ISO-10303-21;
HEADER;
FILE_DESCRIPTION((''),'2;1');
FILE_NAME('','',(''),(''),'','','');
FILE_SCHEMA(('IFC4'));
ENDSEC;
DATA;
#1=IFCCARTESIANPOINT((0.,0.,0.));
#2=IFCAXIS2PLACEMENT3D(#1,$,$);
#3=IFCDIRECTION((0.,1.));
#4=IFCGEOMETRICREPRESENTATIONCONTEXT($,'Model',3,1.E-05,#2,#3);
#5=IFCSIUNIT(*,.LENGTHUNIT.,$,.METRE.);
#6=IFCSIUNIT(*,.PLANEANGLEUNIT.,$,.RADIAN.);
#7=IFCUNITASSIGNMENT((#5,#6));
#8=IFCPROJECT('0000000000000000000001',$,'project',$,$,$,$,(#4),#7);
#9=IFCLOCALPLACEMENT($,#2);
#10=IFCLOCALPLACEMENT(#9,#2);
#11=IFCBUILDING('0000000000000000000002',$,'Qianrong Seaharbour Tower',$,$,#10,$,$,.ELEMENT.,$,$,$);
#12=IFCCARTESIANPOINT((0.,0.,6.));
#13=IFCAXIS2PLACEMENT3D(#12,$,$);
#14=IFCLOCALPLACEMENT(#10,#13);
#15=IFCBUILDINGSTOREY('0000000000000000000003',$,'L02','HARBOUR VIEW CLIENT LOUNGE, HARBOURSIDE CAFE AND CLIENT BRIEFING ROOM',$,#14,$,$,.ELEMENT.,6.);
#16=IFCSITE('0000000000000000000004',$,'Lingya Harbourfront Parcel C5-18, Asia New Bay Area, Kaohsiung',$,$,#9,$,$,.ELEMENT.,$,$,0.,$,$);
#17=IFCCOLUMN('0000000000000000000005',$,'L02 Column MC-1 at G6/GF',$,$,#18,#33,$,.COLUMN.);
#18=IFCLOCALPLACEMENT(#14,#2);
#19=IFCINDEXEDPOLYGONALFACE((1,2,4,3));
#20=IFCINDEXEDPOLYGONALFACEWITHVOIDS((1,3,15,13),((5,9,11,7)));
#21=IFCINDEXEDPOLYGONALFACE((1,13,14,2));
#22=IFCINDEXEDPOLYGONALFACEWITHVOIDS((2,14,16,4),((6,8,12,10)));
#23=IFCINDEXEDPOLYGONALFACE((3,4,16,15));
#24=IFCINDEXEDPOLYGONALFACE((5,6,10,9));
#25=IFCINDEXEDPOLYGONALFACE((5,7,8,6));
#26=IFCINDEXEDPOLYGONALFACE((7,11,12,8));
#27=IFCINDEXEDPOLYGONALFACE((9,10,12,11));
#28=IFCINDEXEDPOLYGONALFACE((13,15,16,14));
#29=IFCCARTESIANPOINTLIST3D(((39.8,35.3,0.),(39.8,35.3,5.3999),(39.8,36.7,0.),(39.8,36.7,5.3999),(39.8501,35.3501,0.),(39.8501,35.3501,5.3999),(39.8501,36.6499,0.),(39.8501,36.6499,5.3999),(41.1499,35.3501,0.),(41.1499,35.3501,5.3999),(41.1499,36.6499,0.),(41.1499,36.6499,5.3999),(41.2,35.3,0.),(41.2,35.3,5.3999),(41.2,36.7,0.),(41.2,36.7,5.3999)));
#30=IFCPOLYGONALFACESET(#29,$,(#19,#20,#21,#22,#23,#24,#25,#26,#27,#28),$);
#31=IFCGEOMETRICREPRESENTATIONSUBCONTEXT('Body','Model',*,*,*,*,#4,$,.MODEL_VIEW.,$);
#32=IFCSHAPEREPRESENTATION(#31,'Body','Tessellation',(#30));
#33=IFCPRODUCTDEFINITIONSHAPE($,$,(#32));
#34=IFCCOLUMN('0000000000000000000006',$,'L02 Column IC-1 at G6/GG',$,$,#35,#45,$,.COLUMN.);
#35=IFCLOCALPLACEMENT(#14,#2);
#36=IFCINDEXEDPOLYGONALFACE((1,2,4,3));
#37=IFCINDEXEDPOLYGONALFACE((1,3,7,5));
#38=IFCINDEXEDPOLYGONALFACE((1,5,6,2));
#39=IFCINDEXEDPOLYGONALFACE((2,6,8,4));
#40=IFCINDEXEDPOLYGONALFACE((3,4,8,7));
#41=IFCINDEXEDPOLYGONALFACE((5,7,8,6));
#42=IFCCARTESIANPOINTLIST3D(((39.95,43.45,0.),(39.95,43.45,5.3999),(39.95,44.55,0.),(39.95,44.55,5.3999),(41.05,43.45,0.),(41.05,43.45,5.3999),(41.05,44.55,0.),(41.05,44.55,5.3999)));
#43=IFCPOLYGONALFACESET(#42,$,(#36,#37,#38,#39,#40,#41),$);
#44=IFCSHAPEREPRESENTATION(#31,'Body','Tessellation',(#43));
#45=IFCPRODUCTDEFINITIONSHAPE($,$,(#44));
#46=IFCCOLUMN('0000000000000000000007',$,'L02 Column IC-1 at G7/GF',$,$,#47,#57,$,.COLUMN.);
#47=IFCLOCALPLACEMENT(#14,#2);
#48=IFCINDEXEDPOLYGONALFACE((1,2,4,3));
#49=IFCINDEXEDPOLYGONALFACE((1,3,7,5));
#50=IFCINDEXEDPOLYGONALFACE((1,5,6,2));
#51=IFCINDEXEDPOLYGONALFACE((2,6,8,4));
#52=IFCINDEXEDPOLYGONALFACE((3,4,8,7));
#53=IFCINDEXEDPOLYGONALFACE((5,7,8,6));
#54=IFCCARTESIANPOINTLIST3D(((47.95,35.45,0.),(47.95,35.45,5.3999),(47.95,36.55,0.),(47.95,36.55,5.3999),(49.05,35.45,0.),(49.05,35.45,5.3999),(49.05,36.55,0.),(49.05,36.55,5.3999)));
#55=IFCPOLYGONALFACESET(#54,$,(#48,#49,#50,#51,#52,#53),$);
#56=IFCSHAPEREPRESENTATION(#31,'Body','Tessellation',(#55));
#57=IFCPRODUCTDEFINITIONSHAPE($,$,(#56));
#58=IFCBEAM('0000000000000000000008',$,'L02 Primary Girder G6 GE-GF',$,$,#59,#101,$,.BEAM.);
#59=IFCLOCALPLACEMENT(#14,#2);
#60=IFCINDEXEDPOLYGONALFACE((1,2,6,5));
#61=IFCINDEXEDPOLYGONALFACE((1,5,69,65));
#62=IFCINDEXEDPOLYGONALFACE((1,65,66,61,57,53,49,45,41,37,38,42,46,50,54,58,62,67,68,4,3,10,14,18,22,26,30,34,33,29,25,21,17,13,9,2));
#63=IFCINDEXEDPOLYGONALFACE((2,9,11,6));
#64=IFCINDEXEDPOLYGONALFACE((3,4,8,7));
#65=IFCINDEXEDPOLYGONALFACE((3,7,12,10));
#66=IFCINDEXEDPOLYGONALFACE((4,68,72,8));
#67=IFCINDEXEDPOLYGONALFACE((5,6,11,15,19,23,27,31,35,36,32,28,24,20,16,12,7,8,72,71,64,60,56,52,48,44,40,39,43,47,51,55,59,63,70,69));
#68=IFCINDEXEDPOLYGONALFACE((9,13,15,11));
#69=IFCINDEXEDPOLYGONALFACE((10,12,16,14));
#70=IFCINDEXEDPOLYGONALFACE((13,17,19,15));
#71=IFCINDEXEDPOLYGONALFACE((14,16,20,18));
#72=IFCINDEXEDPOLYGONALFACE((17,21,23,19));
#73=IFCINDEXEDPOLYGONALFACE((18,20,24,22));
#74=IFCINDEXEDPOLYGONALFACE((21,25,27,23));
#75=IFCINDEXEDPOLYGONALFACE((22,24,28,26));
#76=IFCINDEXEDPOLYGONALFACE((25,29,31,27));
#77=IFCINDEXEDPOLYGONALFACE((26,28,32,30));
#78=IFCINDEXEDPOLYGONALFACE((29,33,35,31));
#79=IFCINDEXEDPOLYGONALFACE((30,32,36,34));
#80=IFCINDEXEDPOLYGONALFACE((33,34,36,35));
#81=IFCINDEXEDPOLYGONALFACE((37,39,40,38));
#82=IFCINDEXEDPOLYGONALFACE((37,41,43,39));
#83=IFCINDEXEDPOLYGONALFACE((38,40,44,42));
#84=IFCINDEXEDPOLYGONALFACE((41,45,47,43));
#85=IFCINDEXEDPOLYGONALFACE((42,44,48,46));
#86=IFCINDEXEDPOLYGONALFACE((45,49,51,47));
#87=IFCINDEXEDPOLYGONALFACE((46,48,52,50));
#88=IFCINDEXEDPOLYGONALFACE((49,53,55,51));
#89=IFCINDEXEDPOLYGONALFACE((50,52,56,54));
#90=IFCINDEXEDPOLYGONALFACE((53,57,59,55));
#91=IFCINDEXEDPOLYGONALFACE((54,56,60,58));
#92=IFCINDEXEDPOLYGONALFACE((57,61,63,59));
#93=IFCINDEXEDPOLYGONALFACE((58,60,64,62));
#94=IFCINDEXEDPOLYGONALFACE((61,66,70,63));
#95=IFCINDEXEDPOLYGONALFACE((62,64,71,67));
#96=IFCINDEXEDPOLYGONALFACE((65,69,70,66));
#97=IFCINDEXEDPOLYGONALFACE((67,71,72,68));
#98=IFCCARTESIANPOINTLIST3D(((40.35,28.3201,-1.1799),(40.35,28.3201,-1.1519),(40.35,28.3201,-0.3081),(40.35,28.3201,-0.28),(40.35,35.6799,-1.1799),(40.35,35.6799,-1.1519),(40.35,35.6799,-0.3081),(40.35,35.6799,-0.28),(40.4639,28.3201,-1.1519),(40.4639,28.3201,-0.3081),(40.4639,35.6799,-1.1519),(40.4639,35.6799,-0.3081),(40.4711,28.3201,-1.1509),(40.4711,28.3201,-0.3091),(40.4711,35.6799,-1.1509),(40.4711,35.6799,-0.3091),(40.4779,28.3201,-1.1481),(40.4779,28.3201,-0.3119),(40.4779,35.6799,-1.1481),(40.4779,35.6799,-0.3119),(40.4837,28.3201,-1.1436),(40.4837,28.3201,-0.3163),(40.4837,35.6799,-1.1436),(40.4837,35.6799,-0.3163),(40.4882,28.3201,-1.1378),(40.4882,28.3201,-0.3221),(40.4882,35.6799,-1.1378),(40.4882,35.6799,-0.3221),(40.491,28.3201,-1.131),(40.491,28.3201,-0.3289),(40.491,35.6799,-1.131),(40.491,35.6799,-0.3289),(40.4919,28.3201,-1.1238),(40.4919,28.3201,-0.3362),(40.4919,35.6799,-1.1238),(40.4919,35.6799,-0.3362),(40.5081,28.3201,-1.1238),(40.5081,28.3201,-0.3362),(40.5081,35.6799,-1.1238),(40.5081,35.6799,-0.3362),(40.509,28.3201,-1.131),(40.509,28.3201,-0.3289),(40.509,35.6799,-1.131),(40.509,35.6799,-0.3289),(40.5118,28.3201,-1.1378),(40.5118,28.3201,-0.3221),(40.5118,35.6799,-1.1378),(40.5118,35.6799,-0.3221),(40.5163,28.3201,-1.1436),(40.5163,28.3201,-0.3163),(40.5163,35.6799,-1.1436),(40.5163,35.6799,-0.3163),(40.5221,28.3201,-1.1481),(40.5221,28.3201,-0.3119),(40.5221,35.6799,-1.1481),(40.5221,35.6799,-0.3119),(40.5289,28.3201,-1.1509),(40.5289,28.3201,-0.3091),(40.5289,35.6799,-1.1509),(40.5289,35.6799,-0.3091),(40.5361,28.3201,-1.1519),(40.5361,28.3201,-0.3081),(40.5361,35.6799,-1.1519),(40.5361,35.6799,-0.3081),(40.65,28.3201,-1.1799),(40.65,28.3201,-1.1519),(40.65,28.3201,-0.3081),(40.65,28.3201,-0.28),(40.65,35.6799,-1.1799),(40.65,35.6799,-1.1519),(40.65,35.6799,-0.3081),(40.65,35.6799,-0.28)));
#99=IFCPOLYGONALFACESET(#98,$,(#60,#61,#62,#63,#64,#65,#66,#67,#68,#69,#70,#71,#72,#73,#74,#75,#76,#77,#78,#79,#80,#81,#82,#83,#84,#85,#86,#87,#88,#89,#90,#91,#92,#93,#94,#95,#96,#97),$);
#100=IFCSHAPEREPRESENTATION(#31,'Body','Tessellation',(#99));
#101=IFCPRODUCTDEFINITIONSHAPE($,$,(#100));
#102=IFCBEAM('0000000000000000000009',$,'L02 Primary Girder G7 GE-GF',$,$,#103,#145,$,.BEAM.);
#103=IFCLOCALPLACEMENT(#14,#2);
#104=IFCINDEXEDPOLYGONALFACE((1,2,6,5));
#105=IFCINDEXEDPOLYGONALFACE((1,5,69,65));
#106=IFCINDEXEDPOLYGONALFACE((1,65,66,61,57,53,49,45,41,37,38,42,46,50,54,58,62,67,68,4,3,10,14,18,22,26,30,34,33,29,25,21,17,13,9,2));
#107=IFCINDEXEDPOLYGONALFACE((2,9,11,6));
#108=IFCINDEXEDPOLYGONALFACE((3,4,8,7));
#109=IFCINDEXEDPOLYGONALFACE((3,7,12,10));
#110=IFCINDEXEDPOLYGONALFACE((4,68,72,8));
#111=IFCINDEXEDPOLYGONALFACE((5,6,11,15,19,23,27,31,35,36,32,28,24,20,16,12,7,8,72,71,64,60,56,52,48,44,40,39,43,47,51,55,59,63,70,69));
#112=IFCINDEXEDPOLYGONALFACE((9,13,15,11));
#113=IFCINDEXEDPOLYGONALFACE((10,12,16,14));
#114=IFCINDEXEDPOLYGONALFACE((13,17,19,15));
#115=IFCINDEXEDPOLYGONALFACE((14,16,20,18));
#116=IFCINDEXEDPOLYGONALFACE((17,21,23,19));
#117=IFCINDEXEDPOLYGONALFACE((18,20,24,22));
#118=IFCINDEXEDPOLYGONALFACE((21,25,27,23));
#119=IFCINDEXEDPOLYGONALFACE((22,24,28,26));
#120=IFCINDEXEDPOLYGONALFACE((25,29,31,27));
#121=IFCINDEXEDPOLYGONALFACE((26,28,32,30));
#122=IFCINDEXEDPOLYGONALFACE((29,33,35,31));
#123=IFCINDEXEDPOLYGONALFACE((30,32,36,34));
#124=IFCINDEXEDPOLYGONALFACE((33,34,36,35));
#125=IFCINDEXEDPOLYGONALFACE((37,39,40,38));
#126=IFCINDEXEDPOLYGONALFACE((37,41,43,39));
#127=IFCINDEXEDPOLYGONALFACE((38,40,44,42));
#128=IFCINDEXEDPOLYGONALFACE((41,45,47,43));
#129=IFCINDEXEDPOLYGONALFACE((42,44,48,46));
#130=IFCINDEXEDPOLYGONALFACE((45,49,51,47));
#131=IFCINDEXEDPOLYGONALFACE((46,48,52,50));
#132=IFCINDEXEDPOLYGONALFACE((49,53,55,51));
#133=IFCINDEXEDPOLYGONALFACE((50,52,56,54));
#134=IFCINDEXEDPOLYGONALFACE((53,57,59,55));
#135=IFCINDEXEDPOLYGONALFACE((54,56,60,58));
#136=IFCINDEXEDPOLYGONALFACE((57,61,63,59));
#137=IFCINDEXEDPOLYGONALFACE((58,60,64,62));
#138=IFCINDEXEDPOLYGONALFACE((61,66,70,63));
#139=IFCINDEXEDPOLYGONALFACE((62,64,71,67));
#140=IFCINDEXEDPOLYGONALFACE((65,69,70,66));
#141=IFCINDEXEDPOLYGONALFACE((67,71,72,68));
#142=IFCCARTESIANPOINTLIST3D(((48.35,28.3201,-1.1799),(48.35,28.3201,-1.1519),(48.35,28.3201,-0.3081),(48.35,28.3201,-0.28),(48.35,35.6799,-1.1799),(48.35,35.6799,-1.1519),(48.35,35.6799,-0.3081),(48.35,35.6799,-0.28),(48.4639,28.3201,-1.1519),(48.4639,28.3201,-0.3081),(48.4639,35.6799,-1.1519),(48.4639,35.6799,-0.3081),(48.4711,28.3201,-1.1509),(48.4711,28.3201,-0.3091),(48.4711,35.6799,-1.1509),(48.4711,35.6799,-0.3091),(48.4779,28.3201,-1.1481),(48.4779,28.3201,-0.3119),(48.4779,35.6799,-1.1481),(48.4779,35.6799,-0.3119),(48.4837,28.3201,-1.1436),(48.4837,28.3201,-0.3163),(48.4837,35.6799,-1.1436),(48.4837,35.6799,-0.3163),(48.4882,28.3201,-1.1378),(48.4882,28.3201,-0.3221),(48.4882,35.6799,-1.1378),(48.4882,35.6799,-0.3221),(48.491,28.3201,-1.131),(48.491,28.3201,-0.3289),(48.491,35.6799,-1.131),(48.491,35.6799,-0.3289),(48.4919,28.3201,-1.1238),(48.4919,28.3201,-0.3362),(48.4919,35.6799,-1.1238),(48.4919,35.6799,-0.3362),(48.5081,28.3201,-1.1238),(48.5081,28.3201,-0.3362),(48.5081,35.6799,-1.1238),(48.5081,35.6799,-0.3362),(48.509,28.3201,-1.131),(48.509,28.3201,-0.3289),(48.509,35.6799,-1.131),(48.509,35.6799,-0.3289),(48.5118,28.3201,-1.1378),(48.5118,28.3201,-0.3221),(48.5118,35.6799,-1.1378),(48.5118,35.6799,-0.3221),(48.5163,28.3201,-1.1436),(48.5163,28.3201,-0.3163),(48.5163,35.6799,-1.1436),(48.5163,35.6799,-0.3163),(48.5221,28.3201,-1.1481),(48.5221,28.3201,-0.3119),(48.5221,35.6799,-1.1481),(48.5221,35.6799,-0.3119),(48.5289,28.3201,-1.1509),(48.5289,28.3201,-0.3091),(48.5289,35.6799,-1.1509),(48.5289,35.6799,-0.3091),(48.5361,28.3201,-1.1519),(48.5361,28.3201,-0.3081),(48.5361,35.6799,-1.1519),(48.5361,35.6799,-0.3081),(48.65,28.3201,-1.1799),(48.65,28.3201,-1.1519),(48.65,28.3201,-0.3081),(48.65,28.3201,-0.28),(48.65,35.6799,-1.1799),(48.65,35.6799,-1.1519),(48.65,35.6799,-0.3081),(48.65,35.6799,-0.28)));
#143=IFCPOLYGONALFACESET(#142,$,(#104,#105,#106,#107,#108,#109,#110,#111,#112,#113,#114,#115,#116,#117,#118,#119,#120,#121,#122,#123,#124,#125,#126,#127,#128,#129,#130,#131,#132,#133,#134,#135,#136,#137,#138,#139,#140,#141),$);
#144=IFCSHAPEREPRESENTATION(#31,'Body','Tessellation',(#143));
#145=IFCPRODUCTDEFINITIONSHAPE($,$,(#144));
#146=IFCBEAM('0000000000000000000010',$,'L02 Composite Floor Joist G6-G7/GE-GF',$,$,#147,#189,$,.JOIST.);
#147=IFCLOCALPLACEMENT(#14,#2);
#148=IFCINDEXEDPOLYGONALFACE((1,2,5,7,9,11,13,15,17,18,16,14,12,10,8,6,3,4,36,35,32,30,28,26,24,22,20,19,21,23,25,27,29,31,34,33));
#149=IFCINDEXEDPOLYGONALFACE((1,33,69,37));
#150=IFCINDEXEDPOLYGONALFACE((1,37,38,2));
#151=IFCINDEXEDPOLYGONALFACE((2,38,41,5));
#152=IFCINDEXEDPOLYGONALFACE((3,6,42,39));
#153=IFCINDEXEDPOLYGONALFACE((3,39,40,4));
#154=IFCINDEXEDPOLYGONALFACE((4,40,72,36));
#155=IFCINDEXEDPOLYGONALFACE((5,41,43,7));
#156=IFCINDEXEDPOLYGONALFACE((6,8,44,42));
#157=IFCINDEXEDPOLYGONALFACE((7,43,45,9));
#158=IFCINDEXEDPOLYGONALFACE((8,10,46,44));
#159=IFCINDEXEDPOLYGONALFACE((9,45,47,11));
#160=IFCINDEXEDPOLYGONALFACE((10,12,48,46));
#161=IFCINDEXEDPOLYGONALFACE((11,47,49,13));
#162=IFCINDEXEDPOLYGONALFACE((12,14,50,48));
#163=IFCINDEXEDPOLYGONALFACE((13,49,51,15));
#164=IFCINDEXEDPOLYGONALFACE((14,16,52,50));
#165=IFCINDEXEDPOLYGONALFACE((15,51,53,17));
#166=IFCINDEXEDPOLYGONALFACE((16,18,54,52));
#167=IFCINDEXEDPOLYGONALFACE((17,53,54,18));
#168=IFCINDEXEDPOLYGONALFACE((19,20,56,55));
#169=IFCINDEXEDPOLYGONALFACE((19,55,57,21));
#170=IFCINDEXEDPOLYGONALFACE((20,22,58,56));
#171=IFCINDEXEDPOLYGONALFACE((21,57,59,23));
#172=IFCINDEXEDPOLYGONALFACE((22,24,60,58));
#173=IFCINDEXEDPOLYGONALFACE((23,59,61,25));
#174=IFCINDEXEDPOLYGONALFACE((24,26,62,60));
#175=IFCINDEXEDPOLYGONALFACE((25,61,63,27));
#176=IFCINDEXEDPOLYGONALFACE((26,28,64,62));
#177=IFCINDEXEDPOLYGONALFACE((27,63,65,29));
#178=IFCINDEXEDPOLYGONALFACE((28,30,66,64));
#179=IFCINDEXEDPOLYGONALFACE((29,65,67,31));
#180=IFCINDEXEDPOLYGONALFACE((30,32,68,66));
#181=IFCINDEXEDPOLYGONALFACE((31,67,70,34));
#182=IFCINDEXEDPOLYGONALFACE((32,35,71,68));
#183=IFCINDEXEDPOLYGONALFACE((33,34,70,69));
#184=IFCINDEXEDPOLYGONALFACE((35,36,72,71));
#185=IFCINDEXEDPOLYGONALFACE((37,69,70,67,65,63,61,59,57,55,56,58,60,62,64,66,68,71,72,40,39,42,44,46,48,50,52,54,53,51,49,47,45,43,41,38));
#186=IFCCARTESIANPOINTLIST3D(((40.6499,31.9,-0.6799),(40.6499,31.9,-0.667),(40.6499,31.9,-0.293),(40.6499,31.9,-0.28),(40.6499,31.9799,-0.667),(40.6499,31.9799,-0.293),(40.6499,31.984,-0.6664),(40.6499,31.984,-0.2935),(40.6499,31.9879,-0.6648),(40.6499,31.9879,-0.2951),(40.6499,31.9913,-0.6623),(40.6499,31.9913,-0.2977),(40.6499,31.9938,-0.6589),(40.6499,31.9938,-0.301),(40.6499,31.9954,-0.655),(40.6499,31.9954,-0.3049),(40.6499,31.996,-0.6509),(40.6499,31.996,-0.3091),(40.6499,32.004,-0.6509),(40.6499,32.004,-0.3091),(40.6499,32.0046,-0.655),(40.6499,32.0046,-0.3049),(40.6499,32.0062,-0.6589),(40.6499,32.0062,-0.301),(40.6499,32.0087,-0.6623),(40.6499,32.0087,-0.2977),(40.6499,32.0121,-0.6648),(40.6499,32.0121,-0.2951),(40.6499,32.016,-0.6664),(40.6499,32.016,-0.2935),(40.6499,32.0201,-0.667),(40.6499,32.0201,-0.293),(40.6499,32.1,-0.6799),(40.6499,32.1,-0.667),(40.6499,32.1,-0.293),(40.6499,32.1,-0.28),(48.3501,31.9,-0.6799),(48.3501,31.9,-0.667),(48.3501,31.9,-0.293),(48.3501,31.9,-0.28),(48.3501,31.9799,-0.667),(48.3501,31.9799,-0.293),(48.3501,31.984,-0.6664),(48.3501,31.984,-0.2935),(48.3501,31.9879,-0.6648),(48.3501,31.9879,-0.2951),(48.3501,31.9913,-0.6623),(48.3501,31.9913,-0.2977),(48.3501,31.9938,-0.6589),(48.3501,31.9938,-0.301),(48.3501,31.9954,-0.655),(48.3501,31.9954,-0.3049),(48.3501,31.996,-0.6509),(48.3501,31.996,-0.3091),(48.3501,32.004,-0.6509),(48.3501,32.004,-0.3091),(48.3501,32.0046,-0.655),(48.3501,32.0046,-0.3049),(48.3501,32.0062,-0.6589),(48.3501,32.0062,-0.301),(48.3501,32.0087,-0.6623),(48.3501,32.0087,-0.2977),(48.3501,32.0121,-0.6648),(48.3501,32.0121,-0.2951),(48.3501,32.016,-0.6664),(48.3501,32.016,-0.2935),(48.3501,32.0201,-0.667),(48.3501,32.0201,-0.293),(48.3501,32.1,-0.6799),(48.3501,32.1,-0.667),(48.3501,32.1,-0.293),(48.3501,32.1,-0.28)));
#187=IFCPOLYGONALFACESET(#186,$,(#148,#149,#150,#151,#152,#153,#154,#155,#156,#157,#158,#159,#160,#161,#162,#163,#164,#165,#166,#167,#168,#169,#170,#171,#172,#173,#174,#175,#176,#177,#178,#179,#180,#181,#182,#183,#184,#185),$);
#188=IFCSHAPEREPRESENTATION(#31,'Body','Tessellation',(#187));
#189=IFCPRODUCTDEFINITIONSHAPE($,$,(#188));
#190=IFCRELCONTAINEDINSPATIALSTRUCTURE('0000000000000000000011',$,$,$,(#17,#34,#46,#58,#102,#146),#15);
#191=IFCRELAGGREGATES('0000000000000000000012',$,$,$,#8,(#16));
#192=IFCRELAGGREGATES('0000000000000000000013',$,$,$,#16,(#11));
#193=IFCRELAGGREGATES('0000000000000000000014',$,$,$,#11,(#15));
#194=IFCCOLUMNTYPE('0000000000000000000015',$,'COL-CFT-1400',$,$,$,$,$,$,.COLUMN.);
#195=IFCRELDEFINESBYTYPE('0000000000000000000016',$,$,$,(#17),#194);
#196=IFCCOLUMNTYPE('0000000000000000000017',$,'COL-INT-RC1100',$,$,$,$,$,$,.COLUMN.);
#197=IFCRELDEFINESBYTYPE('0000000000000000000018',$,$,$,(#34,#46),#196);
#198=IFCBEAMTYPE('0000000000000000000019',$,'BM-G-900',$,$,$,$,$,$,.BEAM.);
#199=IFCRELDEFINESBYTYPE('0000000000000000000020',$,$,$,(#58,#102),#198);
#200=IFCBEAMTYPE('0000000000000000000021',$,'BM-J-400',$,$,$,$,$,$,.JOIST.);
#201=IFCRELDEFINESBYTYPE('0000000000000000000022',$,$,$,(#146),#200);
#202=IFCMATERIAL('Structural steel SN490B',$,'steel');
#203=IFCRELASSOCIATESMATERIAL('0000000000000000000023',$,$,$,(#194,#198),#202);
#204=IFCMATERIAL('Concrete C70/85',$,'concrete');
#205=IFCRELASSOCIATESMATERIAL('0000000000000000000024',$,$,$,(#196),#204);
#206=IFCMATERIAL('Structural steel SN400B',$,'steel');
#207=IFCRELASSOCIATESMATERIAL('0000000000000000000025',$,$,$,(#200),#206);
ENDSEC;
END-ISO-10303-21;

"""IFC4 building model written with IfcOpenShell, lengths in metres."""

from ifc_helpers import new_model, si_unit, direction, frame, origin, origin_2d, place, context, subcontext, project, spatial, rectangle, hollow_rectangle, i_section, extrude, material, material_profile, profile_set, type_object, element, save


model = new_model("IFC4")

# Units and contexts
model_context = context("Model", 3, precision=1e-05, world=origin(), true_north=direction((0.0, 1.0)))
body_context = subcontext(model_context, "Body", "Model", "MODEL_VIEW")
ifc_project = project(units=[si_unit("LENGTHUNIT", "METRE"), si_unit("PLANEANGLEUNIT", "RADIAN")], contexts=[model_context])

# Site, building, storey
site_placement = place(None, origin())
site = spatial("IfcSite", under=ifc_project, at=site_placement, Name="Lingya Harbourfront Parcel C5-18, Asia New Bay Area, Kaohsiung", CompositionType="ELEMENT", RefElevation=0.0)
building_placement = place(site_placement, origin())
building = spatial("IfcBuilding", under=site, at=building_placement, Name="Qianrong Seaharbour Tower", CompositionType="ELEMENT")
storey_placement = place(building_placement, frame((0.0, 0.0, 6.0)))
storey = spatial("IfcBuildingStorey", under=building, at=storey_placement, Name="L02", Description="HARBOUR VIEW CLIENT LOUNGE, HARBOURSIDE CAFE AND CLIENT BRIEFING ROOM", CompositionType="ELEMENT", Elevation=6.0)

# Columns
ifc_material_1 = material(Name="Structural steel SN490B", Category="steel")
ifc_material_profile_1 = material_profile(ifc_material_1, hollow_rectangle(XDim=1.3999, YDim=1.3999, WallThickness=0.05, at=origin_2d()), Name="BOX1400x1400x50")
ifc_profile_set_1 = profile_set([ifc_material_profile_1], Name="Structural steel SN490B")
column_type_1 = type_object("IfcColumnType", Name="COL-CFT-1400", PredefinedType="COLUMN", material=ifc_profile_set_1)
column_placement = place(storey_placement, frame((40.5, 36.0, 0.0), z_axis=(0.0, 0.0, 1.0), x_axis=(1.0, 0.0, 0.0)))
element("IfcColumn", 1, at=column_placement, inside=storey, type_object=column_type_1, Name="L02 Column MC-1 at G6/GF", PredefinedType="COLUMN", context=body_context, shape_type="SweptSolid", body=[
    extrude(hollow_rectangle(XDim=1.3999, YDim=1.3999, WallThickness=0.05, at=origin_2d()), origin(), (0.0, 0.0, 1.0), 5.3999),
])
ifc_material_2 = material(Name="Concrete C70/85", Category="concrete")
ifc_material_profile_2 = material_profile(ifc_material_2, rectangle(XDim=1.1001, YDim=1.1001, at=origin_2d()), Name="RC1100x1100")
ifc_profile_set_2 = profile_set([ifc_material_profile_2], Name="Concrete C70/85")
column_type_2 = type_object("IfcColumnType", Name="COL-INT-RC1100", PredefinedType="COLUMN", material=ifc_profile_set_2)
for number, where, z_axis, x_axis, name in (
    (2, (40.5, 44.0, 0.0), (0.0, 0.0, 1.0), (1.0, 0.0, 0.0), "L02 Column IC-1 at G6/GG"),
    (3, (48.5, 36.0, 0.0), (0.0, 0.0, 1.0), (1.0, 0.0, 0.0), "L02 Column IC-1 at G7/GF"),
):
    element("IfcColumn", number, at=place(storey_placement, frame(where, z_axis=z_axis, x_axis=x_axis)), inside=storey, type_object=column_type_2, Name=name, PredefinedType="COLUMN", context=body_context, shape_type="SweptSolid", body=[
        extrude(rectangle(XDim=1.1001, YDim=1.1001, at=origin_2d()), origin(), (0.0, 0.0, 1.0), 5.3999),
    ])

# Beams
ifc_material_profile_3 = material_profile(ifc_material_1, i_section(OverallWidth=0.3, OverallDepth=0.8999, WebThickness=0.0161, FlangeThickness=0.0281, FilletRadius=0.0281, at=origin_2d()), Name="H900x300x16x28")
ifc_profile_set_3 = profile_set([ifc_material_profile_3], Name="Structural steel SN490B")
beam_type_1 = type_object("IfcBeamType", Name="BM-G-900", PredefinedType="BEAM", material=ifc_profile_set_3)
for number, where, z_axis, x_axis, name in (
    (4, (40.5, 28.3201, -0.73), (0.0, 1.0, 0.0), (-1.0, 0.0, 0.0), "L02 Primary Girder G6 GE-GF"),
    (5, (48.5, 28.3201, -0.73), (0.0, 1.0, 0.0), (-1.0, 0.0, 0.0), "L02 Primary Girder G7 GE-GF"),
):
    element("IfcBeam", number, at=place(storey_placement, frame(where, z_axis=z_axis, x_axis=x_axis)), inside=storey, type_object=beam_type_1, Name=name, PredefinedType="BEAM", context=body_context, shape_type="SweptSolid", body=[
        extrude(i_section(OverallWidth=0.3, OverallDepth=0.8999, WebThickness=0.0161, FlangeThickness=0.0281, FilletRadius=0.0281, at=origin_2d()), origin(), (0.0, 0.0, 1.0), 7.3599),
    ])
ifc_material_3 = material(Name="Structural steel SN400B", Category="steel")
ifc_material_profile_4 = material_profile(ifc_material_3, i_section(OverallWidth=0.2, OverallDepth=0.3999, WebThickness=0.0081, FlangeThickness=0.0129, FilletRadius=0.0161, at=origin_2d()), Name="H400x200x8x13")
ifc_profile_set_4 = profile_set([ifc_material_profile_4], Name="Structural steel SN400B")
beam_type_2 = type_object("IfcBeamType", Name="BM-J-400", PredefinedType="JOIST", material=ifc_profile_set_4)
for number, where, z_axis, x_axis, name in (
    (6, (40.6499, 32.0, -0.48), (1.0, 0.0, 0.0), (0.0, 1.0, 0.0), "L02 Composite Floor Joist G6-G7/GE-GF"),
):
    element("IfcBeam", number, at=place(storey_placement, frame(where, z_axis=z_axis, x_axis=x_axis)), inside=storey, type_object=beam_type_2, Name=name, PredefinedType="JOIST", context=body_context, shape_type="SweptSolid", body=[
        extrude(i_section(OverallWidth=0.2, OverallDepth=0.3999, WebThickness=0.0081, FlangeThickness=0.0129, FilletRadius=0.0161, at=origin_2d()), origin(), (0.0, 0.0, 1.0), 7.7002),
    ])

save(model, "model.ifc")
